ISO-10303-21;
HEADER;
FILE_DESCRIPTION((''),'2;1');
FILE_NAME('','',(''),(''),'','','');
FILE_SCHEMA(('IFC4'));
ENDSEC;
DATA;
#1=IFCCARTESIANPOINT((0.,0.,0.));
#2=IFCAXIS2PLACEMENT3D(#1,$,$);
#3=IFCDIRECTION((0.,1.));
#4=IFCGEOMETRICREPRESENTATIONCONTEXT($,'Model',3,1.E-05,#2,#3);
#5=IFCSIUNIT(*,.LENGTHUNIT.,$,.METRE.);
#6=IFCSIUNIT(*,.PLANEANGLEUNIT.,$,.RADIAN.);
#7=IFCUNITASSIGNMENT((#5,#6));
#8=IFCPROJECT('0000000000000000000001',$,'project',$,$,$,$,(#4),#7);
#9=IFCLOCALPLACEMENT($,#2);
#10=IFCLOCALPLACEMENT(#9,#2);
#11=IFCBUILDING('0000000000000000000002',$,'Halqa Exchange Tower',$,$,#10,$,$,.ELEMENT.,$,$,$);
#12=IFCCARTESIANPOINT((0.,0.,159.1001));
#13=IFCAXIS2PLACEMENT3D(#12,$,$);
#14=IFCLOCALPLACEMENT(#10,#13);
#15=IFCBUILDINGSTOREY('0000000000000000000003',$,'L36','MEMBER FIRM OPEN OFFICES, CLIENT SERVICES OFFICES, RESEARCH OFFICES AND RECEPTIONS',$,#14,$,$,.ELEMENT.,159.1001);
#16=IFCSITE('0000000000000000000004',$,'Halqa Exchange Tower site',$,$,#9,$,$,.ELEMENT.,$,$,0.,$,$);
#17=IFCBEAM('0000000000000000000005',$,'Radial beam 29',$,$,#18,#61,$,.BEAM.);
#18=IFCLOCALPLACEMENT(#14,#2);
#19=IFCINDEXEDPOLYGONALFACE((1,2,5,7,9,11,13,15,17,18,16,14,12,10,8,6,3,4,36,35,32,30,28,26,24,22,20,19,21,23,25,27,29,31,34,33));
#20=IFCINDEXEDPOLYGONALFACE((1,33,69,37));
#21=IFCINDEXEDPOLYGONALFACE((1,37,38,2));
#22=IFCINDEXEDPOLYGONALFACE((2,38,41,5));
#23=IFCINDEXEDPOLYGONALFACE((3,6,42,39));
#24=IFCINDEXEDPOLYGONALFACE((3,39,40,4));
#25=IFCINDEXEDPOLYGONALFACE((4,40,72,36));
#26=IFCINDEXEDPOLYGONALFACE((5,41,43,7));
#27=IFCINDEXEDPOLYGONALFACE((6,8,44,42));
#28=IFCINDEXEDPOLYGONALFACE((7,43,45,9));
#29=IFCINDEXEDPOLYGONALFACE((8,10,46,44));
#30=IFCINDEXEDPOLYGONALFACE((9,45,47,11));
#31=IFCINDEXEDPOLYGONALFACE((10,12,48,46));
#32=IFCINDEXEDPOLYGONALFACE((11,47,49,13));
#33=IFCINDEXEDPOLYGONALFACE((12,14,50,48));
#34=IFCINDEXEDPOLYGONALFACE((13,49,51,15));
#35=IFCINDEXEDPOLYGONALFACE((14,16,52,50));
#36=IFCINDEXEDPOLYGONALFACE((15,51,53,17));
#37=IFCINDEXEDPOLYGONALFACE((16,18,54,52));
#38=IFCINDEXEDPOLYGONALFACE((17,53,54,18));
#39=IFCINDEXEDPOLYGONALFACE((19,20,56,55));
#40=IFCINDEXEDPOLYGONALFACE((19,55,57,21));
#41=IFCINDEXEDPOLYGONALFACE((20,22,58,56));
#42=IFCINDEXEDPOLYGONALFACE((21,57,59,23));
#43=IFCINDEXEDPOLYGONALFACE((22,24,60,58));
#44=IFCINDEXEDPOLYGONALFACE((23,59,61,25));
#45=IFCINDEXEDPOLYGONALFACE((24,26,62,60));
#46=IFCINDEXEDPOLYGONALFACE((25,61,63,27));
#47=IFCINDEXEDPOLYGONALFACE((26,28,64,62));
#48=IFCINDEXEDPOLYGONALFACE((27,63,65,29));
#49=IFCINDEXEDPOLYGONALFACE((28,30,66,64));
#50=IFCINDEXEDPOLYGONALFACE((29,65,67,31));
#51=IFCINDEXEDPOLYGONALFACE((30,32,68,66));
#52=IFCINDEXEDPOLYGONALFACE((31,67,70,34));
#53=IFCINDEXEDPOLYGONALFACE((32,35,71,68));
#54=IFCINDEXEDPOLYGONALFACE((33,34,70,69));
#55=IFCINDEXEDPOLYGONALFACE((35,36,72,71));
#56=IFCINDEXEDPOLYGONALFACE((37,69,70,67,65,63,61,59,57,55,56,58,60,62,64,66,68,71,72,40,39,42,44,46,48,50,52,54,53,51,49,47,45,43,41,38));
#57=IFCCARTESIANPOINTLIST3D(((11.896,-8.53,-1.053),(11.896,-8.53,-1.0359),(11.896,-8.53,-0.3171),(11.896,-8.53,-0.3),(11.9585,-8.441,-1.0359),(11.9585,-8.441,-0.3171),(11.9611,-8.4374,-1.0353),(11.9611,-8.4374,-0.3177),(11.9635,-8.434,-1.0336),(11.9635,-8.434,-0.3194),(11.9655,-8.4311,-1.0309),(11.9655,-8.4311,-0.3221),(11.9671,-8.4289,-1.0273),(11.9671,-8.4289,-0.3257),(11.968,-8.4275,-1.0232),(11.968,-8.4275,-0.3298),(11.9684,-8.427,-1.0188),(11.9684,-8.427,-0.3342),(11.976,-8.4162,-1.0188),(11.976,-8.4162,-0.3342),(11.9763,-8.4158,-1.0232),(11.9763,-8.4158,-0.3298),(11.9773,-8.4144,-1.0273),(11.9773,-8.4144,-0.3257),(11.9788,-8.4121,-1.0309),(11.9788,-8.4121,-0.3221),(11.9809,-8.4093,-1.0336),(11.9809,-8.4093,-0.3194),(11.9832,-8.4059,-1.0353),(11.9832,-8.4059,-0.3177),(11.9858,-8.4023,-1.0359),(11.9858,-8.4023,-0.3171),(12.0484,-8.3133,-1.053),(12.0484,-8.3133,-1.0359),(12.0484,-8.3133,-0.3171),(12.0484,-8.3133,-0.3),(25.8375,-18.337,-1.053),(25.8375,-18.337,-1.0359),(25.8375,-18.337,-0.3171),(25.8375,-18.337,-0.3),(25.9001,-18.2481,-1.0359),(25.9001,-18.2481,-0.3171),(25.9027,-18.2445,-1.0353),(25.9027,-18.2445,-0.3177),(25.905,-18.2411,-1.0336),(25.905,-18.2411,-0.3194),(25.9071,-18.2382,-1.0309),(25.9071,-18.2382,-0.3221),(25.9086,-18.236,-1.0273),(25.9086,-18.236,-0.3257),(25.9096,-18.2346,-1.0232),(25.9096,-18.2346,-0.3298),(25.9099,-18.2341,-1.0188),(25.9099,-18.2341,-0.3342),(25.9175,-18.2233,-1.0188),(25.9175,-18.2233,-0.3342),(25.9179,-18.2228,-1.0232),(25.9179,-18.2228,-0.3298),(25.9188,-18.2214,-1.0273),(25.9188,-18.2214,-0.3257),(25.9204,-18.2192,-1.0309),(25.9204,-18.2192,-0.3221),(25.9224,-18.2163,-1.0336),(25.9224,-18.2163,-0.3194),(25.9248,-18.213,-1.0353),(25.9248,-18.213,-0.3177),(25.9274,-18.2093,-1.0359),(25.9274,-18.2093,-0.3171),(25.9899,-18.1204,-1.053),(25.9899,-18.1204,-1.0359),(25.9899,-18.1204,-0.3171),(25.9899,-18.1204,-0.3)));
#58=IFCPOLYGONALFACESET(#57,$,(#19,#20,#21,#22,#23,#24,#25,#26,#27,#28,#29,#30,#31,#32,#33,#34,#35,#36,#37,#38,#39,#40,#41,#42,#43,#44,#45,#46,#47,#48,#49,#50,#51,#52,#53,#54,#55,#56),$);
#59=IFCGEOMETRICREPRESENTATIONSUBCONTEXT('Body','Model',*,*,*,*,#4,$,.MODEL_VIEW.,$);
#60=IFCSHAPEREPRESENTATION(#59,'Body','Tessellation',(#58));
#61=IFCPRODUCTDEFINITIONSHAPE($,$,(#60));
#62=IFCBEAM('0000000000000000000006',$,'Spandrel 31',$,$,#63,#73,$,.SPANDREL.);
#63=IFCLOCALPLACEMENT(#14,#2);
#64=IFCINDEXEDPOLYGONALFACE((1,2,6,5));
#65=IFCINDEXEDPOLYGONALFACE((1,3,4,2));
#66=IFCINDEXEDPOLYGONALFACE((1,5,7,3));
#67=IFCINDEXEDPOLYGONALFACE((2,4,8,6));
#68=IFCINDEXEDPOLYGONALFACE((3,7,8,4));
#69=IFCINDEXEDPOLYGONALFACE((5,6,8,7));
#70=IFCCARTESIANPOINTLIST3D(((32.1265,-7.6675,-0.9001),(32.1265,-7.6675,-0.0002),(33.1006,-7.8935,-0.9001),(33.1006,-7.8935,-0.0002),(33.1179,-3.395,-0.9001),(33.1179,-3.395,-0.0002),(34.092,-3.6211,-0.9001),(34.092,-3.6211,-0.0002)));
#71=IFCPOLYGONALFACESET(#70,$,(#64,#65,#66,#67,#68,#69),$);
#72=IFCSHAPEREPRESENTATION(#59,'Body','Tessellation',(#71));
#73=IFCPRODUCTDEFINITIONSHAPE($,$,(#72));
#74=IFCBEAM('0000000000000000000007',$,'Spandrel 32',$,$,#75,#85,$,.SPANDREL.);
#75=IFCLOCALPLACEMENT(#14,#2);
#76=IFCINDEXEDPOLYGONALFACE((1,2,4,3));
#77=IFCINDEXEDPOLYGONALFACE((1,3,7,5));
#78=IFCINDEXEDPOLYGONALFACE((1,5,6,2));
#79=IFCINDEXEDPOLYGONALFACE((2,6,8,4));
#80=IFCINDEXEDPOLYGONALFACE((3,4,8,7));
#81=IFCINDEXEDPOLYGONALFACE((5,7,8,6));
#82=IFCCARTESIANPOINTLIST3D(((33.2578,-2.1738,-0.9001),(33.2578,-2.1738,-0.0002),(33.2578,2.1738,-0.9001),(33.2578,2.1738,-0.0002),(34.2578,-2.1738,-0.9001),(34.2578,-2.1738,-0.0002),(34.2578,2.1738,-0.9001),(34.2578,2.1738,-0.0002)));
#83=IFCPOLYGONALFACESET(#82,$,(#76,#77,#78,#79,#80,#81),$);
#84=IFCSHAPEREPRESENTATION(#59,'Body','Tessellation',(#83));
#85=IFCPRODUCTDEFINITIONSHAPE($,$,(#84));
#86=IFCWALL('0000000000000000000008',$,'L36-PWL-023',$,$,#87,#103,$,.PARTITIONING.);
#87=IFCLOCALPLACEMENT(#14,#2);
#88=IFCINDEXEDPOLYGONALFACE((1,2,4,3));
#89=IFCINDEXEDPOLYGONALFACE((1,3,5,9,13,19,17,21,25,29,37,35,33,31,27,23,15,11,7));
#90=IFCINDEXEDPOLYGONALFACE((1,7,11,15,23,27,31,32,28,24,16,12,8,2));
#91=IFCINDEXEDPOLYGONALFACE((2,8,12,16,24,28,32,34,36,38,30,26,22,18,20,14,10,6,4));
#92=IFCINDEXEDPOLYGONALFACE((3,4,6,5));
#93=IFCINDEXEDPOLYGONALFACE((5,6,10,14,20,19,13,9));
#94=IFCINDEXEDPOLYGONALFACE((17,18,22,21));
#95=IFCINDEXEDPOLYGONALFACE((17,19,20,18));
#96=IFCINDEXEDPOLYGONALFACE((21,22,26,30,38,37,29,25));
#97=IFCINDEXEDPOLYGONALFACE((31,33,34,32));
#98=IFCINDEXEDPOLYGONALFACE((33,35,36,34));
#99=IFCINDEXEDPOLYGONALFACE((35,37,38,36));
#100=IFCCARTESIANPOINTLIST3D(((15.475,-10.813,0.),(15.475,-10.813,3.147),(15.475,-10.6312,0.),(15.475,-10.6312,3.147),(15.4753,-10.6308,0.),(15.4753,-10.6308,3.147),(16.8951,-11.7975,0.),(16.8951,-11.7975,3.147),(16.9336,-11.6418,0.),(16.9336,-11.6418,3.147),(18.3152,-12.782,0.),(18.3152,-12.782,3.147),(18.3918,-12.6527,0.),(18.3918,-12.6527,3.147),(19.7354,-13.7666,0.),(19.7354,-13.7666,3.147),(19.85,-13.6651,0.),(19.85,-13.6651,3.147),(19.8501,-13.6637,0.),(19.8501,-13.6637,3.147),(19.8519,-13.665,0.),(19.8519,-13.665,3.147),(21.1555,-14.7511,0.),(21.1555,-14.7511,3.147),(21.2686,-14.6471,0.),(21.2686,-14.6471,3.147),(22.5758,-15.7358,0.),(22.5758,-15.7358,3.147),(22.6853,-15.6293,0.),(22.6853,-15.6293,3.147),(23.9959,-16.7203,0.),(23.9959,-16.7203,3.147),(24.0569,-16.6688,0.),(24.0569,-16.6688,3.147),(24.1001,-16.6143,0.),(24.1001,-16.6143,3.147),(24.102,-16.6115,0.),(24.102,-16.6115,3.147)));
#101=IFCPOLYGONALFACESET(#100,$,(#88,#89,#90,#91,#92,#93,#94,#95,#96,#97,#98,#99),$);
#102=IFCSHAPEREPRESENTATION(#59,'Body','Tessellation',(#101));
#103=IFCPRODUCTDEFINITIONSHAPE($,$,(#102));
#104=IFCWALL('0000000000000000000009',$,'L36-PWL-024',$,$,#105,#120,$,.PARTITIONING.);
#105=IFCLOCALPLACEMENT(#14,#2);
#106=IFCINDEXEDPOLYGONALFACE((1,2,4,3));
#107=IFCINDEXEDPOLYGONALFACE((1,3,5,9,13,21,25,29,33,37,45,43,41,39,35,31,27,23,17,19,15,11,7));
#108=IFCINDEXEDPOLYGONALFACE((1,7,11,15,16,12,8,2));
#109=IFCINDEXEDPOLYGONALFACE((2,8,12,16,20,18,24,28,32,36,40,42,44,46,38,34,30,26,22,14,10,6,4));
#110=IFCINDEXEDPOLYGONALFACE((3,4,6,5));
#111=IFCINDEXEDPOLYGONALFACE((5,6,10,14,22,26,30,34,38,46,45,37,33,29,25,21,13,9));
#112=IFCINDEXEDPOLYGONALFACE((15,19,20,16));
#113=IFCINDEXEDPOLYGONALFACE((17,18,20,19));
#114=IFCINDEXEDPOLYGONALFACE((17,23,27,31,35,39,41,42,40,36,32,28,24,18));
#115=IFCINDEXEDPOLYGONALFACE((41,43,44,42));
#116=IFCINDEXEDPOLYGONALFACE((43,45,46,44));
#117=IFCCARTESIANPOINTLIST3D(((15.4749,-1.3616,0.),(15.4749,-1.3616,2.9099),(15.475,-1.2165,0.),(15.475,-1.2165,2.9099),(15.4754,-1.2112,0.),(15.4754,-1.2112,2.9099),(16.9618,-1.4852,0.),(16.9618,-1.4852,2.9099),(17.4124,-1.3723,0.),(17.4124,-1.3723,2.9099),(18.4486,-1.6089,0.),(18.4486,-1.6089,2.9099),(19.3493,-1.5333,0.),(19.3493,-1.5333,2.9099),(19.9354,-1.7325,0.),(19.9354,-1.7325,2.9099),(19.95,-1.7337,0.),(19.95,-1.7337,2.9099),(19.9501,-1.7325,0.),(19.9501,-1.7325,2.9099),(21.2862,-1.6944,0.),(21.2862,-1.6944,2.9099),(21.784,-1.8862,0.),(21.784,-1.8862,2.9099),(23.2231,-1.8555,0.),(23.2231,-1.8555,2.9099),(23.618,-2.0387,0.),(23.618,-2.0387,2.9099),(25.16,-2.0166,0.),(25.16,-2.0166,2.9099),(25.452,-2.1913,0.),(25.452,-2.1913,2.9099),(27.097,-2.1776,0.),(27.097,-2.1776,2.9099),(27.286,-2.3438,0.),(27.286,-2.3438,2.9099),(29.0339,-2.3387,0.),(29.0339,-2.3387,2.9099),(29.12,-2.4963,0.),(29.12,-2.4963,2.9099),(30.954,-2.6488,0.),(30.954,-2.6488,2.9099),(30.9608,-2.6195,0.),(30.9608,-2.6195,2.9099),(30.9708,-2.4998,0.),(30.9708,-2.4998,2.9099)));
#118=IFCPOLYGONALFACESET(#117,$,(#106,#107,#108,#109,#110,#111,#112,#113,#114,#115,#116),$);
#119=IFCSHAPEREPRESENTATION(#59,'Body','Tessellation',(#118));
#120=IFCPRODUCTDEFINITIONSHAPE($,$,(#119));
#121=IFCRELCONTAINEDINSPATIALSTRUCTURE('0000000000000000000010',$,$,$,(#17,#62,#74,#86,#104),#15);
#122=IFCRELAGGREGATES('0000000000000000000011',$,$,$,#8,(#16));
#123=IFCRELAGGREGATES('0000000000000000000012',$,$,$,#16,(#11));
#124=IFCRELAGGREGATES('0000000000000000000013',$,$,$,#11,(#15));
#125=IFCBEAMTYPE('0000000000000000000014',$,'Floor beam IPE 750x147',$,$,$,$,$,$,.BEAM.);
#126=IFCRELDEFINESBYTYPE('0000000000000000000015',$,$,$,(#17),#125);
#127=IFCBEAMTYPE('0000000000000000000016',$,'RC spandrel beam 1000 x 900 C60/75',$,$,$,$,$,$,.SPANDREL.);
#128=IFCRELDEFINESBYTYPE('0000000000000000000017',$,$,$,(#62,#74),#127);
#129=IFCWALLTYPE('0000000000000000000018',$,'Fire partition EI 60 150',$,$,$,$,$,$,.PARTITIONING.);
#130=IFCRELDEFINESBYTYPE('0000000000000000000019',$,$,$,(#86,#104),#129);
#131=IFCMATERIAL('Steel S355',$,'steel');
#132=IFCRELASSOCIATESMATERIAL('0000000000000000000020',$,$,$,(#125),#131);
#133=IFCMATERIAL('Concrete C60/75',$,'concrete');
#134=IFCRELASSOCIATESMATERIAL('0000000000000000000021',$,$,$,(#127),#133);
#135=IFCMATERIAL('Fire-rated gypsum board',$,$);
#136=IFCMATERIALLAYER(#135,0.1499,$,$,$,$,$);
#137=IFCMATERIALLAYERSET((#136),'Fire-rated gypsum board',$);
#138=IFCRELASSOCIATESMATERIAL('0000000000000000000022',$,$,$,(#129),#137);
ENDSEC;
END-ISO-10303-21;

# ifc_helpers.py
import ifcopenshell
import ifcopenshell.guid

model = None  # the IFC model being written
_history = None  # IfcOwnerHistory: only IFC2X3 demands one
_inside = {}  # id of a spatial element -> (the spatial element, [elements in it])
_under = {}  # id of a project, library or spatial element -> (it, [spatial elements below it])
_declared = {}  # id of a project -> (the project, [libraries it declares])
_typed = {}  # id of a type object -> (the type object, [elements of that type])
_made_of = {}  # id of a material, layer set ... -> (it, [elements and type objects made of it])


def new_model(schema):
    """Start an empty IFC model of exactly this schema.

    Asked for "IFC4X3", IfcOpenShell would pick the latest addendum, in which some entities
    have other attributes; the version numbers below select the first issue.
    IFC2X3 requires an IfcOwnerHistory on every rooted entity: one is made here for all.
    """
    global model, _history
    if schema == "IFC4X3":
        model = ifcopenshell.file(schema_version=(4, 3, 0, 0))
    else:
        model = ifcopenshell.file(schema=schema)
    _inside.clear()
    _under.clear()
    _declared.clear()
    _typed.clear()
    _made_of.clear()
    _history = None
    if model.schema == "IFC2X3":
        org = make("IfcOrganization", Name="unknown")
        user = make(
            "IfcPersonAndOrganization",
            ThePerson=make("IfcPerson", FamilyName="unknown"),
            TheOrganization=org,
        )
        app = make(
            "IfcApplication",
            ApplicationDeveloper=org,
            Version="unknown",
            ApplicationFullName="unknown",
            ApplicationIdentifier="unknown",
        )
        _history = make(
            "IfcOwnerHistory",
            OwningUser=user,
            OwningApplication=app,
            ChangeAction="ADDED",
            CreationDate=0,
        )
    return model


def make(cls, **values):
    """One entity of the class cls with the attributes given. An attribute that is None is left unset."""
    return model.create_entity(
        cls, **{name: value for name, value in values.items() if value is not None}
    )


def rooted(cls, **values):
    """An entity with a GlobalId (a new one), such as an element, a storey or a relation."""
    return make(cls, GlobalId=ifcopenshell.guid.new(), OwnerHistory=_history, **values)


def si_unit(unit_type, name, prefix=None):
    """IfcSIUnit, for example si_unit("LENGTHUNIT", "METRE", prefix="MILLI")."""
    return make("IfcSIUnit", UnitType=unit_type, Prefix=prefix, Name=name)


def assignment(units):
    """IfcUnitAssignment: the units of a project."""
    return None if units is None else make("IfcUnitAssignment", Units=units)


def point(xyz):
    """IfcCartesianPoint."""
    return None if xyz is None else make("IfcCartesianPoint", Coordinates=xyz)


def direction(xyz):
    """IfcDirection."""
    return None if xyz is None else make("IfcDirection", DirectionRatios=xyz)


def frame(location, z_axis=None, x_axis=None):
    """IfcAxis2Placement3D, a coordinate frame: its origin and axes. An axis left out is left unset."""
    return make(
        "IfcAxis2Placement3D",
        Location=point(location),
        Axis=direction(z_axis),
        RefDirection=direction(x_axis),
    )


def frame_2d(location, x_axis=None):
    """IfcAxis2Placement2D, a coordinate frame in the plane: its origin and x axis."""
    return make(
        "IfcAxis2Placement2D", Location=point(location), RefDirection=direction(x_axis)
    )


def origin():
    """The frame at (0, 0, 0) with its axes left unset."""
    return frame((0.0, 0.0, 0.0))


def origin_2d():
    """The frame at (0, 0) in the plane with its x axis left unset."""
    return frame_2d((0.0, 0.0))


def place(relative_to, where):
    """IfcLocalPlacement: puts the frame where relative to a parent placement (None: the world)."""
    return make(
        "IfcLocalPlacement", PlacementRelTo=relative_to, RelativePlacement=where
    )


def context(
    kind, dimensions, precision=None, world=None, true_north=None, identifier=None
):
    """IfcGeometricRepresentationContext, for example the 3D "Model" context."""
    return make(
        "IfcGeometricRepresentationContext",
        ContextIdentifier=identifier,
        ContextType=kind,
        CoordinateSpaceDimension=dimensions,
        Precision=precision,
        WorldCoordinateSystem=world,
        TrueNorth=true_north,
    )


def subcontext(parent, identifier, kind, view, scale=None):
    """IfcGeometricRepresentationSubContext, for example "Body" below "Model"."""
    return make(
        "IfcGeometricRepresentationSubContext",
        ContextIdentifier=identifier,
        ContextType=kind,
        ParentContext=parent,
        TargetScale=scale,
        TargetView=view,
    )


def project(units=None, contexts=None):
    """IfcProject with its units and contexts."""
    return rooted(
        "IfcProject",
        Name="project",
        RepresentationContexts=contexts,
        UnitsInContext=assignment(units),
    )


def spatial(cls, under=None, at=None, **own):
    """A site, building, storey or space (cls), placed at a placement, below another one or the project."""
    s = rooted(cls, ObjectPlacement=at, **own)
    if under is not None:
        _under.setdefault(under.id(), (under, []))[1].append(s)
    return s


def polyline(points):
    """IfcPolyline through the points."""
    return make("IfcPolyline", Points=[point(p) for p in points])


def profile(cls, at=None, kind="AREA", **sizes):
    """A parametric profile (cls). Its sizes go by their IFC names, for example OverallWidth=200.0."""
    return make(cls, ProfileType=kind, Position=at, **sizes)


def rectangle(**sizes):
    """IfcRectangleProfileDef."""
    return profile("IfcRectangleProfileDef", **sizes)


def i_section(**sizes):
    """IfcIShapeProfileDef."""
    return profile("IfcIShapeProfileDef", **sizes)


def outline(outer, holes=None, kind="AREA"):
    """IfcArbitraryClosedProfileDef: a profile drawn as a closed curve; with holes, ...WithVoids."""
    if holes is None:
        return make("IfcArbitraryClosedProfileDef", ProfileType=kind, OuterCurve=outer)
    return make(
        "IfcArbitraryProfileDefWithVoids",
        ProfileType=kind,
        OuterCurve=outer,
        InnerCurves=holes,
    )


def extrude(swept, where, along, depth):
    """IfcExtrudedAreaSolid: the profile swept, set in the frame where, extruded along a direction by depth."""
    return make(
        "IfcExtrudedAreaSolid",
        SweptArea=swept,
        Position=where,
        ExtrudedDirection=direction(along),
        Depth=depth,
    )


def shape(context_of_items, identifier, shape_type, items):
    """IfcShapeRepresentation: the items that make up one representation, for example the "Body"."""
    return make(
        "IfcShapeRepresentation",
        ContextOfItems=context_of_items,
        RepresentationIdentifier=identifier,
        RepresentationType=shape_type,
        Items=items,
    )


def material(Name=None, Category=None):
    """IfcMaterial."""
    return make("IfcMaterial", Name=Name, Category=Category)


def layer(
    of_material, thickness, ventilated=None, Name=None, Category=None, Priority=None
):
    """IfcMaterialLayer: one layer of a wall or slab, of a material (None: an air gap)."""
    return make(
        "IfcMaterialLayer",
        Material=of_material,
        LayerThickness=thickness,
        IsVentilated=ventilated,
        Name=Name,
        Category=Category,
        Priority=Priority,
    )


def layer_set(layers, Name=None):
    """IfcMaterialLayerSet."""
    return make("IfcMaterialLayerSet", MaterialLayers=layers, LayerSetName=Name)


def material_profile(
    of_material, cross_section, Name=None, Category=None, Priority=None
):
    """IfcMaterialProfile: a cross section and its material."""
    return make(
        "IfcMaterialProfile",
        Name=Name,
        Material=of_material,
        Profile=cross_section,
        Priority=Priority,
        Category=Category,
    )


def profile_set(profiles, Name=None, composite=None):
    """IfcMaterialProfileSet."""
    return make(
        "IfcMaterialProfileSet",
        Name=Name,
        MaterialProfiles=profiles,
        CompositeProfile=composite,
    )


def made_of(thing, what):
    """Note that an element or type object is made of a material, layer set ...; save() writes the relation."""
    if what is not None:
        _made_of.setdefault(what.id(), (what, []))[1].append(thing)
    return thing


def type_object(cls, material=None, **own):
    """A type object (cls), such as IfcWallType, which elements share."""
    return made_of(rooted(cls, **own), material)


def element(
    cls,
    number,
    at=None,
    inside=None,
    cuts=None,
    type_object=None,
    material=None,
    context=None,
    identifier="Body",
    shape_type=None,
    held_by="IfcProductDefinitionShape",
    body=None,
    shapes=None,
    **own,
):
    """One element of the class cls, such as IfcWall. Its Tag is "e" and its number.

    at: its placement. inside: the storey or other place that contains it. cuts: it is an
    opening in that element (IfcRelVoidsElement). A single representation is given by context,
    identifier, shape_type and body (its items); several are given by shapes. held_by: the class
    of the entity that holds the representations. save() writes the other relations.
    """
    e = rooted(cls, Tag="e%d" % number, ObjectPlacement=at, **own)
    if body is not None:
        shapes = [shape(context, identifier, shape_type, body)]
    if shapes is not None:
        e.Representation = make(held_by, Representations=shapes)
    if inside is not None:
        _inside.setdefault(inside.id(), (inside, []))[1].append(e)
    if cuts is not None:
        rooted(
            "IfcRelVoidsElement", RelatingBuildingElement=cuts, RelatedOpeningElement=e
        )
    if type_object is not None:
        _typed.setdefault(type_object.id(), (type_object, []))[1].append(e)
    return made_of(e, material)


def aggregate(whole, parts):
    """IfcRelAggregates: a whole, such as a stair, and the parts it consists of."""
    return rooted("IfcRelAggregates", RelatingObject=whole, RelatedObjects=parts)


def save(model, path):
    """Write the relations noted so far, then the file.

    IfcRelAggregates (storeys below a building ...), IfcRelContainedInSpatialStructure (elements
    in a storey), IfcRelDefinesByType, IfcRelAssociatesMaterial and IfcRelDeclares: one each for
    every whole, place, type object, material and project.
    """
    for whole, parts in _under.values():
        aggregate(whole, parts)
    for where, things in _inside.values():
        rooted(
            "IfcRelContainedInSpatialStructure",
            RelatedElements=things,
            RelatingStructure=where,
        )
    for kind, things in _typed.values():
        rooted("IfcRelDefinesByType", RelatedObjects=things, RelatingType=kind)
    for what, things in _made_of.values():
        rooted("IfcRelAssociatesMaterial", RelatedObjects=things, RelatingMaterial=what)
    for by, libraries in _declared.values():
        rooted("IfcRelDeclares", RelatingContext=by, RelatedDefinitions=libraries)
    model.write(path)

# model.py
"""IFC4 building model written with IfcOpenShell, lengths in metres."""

from ifc_helpers import new_model, si_unit, direction, frame, origin, origin_2d, place, context, subcontext, project, spatial, polyline, rectangle, i_section, outline, extrude, material, layer, layer_set, material_profile, profile_set, type_object, element, save


model = new_model("IFC4")

# Units and contexts
model_context = context("Model", 3, precision=1e-05, world=origin(), true_north=direction((0.0, 1.0)))
body_context = subcontext(model_context, "Body", "Model", "MODEL_VIEW")
ifc_project = project(units=[si_unit("LENGTHUNIT", "METRE"), si_unit("PLANEANGLEUNIT", "RADIAN")], contexts=[model_context])

# Site, building, storey
site_placement = place(None, origin())
site = spatial("IfcSite", under=ifc_project, at=site_placement, Name="Halqa Exchange Tower site", CompositionType="ELEMENT", RefElevation=0.0)
building_placement = place(site_placement, origin())
building = spatial("IfcBuilding", under=site, at=building_placement, Name="Halqa Exchange Tower", CompositionType="ELEMENT")
storey_placement = place(building_placement, frame((0.0, 0.0, 159.1001)))
storey = spatial("IfcBuildingStorey", under=building, at=storey_placement, Name="L36", Description="MEMBER FIRM OPEN OFFICES, CLIENT SERVICES OFFICES, RESEARCH OFFICES AND RECEPTIONS", CompositionType="ELEMENT", Elevation=159.1001)

# Beams
ifc_material_1 = material(Name="Steel S355", Category="steel")
ifc_material_profile_1 = material_profile(ifc_material_1, i_section(OverallWidth=0.2649, OverallDepth=0.7529, WebThickness=0.0132, FlangeThickness=0.0171, FilletRadius=0.0171, at=origin_2d()), Name="IPE 750x147")
ifc_profile_set_1 = profile_set([ifc_material_profile_1], Name="Steel S355")
beam_type_1 = type_object("IfcBeamType", Name="Floor beam IPE 750x147", PredefinedType="BEAM", material=ifc_profile_set_1)
beam_1_placement = place(storey_placement, frame((11.9722, -8.4216, -0.6765), z_axis=(0.817908, -0.57535, 0.0), x_axis=(0.57535, 0.817908, 0.0)))
element("IfcBeam", 1, at=beam_1_placement, inside=storey, type_object=beam_type_1, Name="Radial beam 29", PredefinedType="BEAM", context=body_context, shape_type="SweptSolid", body=[
    extrude(i_section(OverallWidth=0.2649, OverallDepth=0.7529, WebThickness=0.0132, FlangeThickness=0.0171, FilletRadius=0.0171, at=origin_2d()), origin(), (0.0, 0.0, 1.0), 17.0454),
])
ifc_material_2 = material(Name="Concrete C60/75", Category="concrete")
ifc_material_profile_2 = material_profile(ifc_material_2, rectangle(XDim=1.0, YDim=0.8999, at=origin_2d()), Name="1000 x 900")
ifc_profile_set_2 = profile_set([ifc_material_profile_2], Name="Concrete C60/75")
beam_type_2 = type_object("IfcBeamType", Name="RC spandrel beam 1000 x 900 C60/75", PredefinedType="SPANDREL", material=ifc_profile_set_2)
beam_2_placement = place(storey_placement, frame((32.6135, -7.7805, -0.4502), z_axis=(0.22605, 0.974116, 0.0), x_axis=(-0.974116, 0.22605, 0.0)))
element("IfcBeam", 2, at=beam_2_placement, inside=storey, type_object=beam_type_2, Name="Spandrel 31", PredefinedType="SPANDREL", context=body_context, shape_type="SweptSolid", body=[
    extrude(rectangle(XDim=1.0, YDim=0.8999, at=origin_2d()), origin(), (0.0, 0.0, 1.0), 4.386),
])
beam_3_placement = place(storey_placement, frame((33.7578, -2.1738, -0.4502), z_axis=(0.0, 1.0, 0.0), x_axis=(-1.0, 0.0, 0.0)))
element("IfcBeam", 3, at=beam_3_placement, inside=storey, type_object=beam_type_2, Name="Spandrel 32", PredefinedType="SPANDREL", context=body_context, shape_type="SweptSolid", body=[
    extrude(rectangle(XDim=1.0, YDim=0.8999, at=origin_2d()), origin(), (0.0, 0.0, 1.0), 4.3477),
])

# Walls
ifc_material_3 = material(Name="Fire-rated gypsum board")
ifc_layer_1 = layer(ifc_material_3, 0.1499)
ifc_layer_set_1 = layer_set([ifc_layer_1], Name="Fire-rated gypsum board")
wall_type_1 = type_object("IfcWallType", Name="Fire partition EI 60 150", PredefinedType="PARTITIONING", material=ifc_layer_set_1)
wall_1_placement = place(storey_placement, frame((15.4326, -10.6924, 0.0), z_axis=(0.0, 0.0, 1.0), x_axis=(0.821819, -0.569749, 0.0)))
element("IfcWall", 4, at=wall_1_placement, inside=storey, type_object=wall_type_1, Name="L36-PWL-023", PredefinedType="PARTITIONING", context=body_context, shape_type="SweptSolid", body=[
    extrude(outline(polyline([(0.1035, -0.075), (1.8315, -0.075), (3.5596, -0.075), (5.2876, -0.075), (7.0156, -0.075), (8.7439, -0.075), (10.4719, -0.075), (10.4927, 0.0022), (10.4971, 0.0715), (10.4971, 0.075), (8.7732, 0.075), (7.0493, 0.075), (5.3254, 0.075), (5.324, 0.0737), (5.3232, 0.075), (3.5488, 0.075), (1.7744, 0.075), (0.0, 0.075), (0.0, 0.0745), (0.1035, -0.075)])), origin(), (0.0, 0.0, 1.0), 3.147),
])
wall_2_placement = place(storey_placement, frame((15.4692, -1.2859, 0.0), z_axis=(0.0, 0.0, 1.0), x_axis=(0.99656, -0.082873, 0.0)))
element("IfcWall", 5, at=wall_2_placement, inside=storey, type_object=wall_type_1, Name="L36-PWL-024", PredefinedType="PARTITIONING", context=body_context, shape_type="SweptSolid", body=[
    extrude(outline(polyline([(0.012, -0.075), (1.5039, -0.075), (2.9958, -0.075), (4.4878, -0.075), (4.5024, -0.0737), (4.5024, -0.075), (6.3428, -0.075), (8.1831, -0.075), (10.0234, -0.075), (11.8638, -0.075), (13.7041, -0.075), (15.5444, -0.075), (15.5488, -0.0452), (15.5488, 0.075), (13.6052, 0.075), (11.6616, 0.075), (9.718, 0.075), (7.7744, 0.075), (5.8308, 0.075), (3.8872, 0.075), (1.9436, 0.075), (0.0, 0.075), (0.0, 0.0696), (0.012, -0.075)])), origin(), (0.0, 0.0, 1.0), 2.9099),
])

save(model, "model.ifc")
